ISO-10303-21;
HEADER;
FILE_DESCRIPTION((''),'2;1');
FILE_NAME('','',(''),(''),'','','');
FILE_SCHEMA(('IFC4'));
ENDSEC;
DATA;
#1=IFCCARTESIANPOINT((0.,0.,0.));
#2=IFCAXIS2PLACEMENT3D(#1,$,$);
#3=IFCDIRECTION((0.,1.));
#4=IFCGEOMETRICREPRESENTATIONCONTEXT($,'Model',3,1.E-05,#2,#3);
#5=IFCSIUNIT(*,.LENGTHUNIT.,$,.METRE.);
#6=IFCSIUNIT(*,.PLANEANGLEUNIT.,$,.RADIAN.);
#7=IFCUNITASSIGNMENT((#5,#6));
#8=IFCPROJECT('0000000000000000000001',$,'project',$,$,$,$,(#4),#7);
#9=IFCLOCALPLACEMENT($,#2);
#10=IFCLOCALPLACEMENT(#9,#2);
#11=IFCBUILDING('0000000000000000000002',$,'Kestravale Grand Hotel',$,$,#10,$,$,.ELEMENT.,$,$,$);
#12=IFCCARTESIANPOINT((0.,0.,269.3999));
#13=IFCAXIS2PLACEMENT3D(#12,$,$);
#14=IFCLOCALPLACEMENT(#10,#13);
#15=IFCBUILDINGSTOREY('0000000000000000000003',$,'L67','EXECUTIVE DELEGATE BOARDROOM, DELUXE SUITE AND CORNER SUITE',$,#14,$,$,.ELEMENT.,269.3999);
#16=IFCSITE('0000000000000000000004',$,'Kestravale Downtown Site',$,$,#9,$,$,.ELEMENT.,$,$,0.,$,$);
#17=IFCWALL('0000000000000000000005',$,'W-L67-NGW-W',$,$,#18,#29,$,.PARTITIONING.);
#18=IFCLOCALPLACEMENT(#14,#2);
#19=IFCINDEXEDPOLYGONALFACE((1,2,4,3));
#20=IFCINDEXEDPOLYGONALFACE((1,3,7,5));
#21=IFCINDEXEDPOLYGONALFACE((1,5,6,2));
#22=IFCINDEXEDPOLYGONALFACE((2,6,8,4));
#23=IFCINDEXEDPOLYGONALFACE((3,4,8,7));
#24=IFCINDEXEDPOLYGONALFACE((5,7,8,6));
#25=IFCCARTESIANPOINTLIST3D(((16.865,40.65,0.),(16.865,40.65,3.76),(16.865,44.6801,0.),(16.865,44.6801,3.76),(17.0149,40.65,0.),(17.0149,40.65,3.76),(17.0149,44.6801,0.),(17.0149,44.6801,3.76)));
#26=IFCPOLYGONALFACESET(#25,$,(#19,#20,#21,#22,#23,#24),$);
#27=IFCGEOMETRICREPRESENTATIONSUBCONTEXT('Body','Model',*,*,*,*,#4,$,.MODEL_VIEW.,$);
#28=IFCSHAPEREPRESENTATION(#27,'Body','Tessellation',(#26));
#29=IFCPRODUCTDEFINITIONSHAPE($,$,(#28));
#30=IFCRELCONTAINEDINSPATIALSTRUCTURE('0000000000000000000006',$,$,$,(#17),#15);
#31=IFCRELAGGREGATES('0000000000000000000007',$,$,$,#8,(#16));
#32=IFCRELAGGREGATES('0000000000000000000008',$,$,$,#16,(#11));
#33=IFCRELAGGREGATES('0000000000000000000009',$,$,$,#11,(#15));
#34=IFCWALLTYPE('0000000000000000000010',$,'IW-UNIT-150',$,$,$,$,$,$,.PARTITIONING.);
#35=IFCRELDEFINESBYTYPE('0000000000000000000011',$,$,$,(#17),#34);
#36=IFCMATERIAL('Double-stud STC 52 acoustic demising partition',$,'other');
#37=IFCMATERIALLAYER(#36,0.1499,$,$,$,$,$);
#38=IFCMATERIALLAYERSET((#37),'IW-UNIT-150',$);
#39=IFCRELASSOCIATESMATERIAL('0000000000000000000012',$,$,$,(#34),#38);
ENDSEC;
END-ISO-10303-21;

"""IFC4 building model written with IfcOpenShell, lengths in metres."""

from ifc_helpers import new_model, si_unit, direction, frame, frame_2d, origin, place, context, subcontext, project, spatial, rectangle, extrude, material, layer, layer_set, type_object, element, save


model = new_model("IFC4")

# Units and contexts
model_context = context("Model", 3, precision=1e-05, world=origin(), true_north=direction((0.0, 1.0)))
body_context = subcontext(model_context, "Body", "Model", "MODEL_VIEW")
ifc_project = project(units=[si_unit("LENGTHUNIT", "METRE"), si_unit("PLANEANGLEUNIT", "RADIAN")], contexts=[model_context])

# Site, building, storey
site_placement = place(None, origin())
site = spatial("IfcSite", under=ifc_project, at=site_placement, Name="Kestravale Downtown Site", CompositionType="ELEMENT", RefElevation=0.0)
building_placement = place(site_placement, origin())
building = spatial("IfcBuilding", under=site, at=building_placement, Name="Kestravale Grand Hotel", CompositionType="ELEMENT")
storey_placement = place(building_placement, frame((0.0, 0.0, 269.3999)))
storey = spatial("IfcBuildingStorey", under=building, at=storey_placement, Name="L67", Description="EXECUTIVE DELEGATE BOARDROOM, DELUXE SUITE AND CORNER SUITE", CompositionType="ELEMENT", Elevation=269.3999)

# Shared definitions
ifc_material_1 = material(Name="Double-stud STC 52 acoustic demising partition", Category="other")
ifc_layer_1 = layer(ifc_material_1, 0.1499)
ifc_layer_set_1 = layer_set([ifc_layer_1], Name="IW-UNIT-150")
wall_type_1 = type_object("IfcWallType", Name="IW-UNIT-150", PredefinedType="PARTITIONING", material=ifc_layer_set_1)

# Wall
wall_1_placement = place(storey_placement, frame((16.9399, 40.6499, 0.0), z_axis=(0.0, 0.0, 1.0), x_axis=(0.0, 1.0, 0.0)))
element("IfcWall", 1, at=wall_1_placement, inside=storey, type_object=wall_type_1, Name="W-L67-NGW-W", PredefinedType="PARTITIONING", context=body_context, shape_type="SweptSolid", body=[
    extrude(rectangle(XDim=4.03, YDim=0.1499, at=frame_2d((2.0151, 0.0))), origin(), (0.0, 0.0, 1.0), 3.76),
])

save(model, "model.ifc")
